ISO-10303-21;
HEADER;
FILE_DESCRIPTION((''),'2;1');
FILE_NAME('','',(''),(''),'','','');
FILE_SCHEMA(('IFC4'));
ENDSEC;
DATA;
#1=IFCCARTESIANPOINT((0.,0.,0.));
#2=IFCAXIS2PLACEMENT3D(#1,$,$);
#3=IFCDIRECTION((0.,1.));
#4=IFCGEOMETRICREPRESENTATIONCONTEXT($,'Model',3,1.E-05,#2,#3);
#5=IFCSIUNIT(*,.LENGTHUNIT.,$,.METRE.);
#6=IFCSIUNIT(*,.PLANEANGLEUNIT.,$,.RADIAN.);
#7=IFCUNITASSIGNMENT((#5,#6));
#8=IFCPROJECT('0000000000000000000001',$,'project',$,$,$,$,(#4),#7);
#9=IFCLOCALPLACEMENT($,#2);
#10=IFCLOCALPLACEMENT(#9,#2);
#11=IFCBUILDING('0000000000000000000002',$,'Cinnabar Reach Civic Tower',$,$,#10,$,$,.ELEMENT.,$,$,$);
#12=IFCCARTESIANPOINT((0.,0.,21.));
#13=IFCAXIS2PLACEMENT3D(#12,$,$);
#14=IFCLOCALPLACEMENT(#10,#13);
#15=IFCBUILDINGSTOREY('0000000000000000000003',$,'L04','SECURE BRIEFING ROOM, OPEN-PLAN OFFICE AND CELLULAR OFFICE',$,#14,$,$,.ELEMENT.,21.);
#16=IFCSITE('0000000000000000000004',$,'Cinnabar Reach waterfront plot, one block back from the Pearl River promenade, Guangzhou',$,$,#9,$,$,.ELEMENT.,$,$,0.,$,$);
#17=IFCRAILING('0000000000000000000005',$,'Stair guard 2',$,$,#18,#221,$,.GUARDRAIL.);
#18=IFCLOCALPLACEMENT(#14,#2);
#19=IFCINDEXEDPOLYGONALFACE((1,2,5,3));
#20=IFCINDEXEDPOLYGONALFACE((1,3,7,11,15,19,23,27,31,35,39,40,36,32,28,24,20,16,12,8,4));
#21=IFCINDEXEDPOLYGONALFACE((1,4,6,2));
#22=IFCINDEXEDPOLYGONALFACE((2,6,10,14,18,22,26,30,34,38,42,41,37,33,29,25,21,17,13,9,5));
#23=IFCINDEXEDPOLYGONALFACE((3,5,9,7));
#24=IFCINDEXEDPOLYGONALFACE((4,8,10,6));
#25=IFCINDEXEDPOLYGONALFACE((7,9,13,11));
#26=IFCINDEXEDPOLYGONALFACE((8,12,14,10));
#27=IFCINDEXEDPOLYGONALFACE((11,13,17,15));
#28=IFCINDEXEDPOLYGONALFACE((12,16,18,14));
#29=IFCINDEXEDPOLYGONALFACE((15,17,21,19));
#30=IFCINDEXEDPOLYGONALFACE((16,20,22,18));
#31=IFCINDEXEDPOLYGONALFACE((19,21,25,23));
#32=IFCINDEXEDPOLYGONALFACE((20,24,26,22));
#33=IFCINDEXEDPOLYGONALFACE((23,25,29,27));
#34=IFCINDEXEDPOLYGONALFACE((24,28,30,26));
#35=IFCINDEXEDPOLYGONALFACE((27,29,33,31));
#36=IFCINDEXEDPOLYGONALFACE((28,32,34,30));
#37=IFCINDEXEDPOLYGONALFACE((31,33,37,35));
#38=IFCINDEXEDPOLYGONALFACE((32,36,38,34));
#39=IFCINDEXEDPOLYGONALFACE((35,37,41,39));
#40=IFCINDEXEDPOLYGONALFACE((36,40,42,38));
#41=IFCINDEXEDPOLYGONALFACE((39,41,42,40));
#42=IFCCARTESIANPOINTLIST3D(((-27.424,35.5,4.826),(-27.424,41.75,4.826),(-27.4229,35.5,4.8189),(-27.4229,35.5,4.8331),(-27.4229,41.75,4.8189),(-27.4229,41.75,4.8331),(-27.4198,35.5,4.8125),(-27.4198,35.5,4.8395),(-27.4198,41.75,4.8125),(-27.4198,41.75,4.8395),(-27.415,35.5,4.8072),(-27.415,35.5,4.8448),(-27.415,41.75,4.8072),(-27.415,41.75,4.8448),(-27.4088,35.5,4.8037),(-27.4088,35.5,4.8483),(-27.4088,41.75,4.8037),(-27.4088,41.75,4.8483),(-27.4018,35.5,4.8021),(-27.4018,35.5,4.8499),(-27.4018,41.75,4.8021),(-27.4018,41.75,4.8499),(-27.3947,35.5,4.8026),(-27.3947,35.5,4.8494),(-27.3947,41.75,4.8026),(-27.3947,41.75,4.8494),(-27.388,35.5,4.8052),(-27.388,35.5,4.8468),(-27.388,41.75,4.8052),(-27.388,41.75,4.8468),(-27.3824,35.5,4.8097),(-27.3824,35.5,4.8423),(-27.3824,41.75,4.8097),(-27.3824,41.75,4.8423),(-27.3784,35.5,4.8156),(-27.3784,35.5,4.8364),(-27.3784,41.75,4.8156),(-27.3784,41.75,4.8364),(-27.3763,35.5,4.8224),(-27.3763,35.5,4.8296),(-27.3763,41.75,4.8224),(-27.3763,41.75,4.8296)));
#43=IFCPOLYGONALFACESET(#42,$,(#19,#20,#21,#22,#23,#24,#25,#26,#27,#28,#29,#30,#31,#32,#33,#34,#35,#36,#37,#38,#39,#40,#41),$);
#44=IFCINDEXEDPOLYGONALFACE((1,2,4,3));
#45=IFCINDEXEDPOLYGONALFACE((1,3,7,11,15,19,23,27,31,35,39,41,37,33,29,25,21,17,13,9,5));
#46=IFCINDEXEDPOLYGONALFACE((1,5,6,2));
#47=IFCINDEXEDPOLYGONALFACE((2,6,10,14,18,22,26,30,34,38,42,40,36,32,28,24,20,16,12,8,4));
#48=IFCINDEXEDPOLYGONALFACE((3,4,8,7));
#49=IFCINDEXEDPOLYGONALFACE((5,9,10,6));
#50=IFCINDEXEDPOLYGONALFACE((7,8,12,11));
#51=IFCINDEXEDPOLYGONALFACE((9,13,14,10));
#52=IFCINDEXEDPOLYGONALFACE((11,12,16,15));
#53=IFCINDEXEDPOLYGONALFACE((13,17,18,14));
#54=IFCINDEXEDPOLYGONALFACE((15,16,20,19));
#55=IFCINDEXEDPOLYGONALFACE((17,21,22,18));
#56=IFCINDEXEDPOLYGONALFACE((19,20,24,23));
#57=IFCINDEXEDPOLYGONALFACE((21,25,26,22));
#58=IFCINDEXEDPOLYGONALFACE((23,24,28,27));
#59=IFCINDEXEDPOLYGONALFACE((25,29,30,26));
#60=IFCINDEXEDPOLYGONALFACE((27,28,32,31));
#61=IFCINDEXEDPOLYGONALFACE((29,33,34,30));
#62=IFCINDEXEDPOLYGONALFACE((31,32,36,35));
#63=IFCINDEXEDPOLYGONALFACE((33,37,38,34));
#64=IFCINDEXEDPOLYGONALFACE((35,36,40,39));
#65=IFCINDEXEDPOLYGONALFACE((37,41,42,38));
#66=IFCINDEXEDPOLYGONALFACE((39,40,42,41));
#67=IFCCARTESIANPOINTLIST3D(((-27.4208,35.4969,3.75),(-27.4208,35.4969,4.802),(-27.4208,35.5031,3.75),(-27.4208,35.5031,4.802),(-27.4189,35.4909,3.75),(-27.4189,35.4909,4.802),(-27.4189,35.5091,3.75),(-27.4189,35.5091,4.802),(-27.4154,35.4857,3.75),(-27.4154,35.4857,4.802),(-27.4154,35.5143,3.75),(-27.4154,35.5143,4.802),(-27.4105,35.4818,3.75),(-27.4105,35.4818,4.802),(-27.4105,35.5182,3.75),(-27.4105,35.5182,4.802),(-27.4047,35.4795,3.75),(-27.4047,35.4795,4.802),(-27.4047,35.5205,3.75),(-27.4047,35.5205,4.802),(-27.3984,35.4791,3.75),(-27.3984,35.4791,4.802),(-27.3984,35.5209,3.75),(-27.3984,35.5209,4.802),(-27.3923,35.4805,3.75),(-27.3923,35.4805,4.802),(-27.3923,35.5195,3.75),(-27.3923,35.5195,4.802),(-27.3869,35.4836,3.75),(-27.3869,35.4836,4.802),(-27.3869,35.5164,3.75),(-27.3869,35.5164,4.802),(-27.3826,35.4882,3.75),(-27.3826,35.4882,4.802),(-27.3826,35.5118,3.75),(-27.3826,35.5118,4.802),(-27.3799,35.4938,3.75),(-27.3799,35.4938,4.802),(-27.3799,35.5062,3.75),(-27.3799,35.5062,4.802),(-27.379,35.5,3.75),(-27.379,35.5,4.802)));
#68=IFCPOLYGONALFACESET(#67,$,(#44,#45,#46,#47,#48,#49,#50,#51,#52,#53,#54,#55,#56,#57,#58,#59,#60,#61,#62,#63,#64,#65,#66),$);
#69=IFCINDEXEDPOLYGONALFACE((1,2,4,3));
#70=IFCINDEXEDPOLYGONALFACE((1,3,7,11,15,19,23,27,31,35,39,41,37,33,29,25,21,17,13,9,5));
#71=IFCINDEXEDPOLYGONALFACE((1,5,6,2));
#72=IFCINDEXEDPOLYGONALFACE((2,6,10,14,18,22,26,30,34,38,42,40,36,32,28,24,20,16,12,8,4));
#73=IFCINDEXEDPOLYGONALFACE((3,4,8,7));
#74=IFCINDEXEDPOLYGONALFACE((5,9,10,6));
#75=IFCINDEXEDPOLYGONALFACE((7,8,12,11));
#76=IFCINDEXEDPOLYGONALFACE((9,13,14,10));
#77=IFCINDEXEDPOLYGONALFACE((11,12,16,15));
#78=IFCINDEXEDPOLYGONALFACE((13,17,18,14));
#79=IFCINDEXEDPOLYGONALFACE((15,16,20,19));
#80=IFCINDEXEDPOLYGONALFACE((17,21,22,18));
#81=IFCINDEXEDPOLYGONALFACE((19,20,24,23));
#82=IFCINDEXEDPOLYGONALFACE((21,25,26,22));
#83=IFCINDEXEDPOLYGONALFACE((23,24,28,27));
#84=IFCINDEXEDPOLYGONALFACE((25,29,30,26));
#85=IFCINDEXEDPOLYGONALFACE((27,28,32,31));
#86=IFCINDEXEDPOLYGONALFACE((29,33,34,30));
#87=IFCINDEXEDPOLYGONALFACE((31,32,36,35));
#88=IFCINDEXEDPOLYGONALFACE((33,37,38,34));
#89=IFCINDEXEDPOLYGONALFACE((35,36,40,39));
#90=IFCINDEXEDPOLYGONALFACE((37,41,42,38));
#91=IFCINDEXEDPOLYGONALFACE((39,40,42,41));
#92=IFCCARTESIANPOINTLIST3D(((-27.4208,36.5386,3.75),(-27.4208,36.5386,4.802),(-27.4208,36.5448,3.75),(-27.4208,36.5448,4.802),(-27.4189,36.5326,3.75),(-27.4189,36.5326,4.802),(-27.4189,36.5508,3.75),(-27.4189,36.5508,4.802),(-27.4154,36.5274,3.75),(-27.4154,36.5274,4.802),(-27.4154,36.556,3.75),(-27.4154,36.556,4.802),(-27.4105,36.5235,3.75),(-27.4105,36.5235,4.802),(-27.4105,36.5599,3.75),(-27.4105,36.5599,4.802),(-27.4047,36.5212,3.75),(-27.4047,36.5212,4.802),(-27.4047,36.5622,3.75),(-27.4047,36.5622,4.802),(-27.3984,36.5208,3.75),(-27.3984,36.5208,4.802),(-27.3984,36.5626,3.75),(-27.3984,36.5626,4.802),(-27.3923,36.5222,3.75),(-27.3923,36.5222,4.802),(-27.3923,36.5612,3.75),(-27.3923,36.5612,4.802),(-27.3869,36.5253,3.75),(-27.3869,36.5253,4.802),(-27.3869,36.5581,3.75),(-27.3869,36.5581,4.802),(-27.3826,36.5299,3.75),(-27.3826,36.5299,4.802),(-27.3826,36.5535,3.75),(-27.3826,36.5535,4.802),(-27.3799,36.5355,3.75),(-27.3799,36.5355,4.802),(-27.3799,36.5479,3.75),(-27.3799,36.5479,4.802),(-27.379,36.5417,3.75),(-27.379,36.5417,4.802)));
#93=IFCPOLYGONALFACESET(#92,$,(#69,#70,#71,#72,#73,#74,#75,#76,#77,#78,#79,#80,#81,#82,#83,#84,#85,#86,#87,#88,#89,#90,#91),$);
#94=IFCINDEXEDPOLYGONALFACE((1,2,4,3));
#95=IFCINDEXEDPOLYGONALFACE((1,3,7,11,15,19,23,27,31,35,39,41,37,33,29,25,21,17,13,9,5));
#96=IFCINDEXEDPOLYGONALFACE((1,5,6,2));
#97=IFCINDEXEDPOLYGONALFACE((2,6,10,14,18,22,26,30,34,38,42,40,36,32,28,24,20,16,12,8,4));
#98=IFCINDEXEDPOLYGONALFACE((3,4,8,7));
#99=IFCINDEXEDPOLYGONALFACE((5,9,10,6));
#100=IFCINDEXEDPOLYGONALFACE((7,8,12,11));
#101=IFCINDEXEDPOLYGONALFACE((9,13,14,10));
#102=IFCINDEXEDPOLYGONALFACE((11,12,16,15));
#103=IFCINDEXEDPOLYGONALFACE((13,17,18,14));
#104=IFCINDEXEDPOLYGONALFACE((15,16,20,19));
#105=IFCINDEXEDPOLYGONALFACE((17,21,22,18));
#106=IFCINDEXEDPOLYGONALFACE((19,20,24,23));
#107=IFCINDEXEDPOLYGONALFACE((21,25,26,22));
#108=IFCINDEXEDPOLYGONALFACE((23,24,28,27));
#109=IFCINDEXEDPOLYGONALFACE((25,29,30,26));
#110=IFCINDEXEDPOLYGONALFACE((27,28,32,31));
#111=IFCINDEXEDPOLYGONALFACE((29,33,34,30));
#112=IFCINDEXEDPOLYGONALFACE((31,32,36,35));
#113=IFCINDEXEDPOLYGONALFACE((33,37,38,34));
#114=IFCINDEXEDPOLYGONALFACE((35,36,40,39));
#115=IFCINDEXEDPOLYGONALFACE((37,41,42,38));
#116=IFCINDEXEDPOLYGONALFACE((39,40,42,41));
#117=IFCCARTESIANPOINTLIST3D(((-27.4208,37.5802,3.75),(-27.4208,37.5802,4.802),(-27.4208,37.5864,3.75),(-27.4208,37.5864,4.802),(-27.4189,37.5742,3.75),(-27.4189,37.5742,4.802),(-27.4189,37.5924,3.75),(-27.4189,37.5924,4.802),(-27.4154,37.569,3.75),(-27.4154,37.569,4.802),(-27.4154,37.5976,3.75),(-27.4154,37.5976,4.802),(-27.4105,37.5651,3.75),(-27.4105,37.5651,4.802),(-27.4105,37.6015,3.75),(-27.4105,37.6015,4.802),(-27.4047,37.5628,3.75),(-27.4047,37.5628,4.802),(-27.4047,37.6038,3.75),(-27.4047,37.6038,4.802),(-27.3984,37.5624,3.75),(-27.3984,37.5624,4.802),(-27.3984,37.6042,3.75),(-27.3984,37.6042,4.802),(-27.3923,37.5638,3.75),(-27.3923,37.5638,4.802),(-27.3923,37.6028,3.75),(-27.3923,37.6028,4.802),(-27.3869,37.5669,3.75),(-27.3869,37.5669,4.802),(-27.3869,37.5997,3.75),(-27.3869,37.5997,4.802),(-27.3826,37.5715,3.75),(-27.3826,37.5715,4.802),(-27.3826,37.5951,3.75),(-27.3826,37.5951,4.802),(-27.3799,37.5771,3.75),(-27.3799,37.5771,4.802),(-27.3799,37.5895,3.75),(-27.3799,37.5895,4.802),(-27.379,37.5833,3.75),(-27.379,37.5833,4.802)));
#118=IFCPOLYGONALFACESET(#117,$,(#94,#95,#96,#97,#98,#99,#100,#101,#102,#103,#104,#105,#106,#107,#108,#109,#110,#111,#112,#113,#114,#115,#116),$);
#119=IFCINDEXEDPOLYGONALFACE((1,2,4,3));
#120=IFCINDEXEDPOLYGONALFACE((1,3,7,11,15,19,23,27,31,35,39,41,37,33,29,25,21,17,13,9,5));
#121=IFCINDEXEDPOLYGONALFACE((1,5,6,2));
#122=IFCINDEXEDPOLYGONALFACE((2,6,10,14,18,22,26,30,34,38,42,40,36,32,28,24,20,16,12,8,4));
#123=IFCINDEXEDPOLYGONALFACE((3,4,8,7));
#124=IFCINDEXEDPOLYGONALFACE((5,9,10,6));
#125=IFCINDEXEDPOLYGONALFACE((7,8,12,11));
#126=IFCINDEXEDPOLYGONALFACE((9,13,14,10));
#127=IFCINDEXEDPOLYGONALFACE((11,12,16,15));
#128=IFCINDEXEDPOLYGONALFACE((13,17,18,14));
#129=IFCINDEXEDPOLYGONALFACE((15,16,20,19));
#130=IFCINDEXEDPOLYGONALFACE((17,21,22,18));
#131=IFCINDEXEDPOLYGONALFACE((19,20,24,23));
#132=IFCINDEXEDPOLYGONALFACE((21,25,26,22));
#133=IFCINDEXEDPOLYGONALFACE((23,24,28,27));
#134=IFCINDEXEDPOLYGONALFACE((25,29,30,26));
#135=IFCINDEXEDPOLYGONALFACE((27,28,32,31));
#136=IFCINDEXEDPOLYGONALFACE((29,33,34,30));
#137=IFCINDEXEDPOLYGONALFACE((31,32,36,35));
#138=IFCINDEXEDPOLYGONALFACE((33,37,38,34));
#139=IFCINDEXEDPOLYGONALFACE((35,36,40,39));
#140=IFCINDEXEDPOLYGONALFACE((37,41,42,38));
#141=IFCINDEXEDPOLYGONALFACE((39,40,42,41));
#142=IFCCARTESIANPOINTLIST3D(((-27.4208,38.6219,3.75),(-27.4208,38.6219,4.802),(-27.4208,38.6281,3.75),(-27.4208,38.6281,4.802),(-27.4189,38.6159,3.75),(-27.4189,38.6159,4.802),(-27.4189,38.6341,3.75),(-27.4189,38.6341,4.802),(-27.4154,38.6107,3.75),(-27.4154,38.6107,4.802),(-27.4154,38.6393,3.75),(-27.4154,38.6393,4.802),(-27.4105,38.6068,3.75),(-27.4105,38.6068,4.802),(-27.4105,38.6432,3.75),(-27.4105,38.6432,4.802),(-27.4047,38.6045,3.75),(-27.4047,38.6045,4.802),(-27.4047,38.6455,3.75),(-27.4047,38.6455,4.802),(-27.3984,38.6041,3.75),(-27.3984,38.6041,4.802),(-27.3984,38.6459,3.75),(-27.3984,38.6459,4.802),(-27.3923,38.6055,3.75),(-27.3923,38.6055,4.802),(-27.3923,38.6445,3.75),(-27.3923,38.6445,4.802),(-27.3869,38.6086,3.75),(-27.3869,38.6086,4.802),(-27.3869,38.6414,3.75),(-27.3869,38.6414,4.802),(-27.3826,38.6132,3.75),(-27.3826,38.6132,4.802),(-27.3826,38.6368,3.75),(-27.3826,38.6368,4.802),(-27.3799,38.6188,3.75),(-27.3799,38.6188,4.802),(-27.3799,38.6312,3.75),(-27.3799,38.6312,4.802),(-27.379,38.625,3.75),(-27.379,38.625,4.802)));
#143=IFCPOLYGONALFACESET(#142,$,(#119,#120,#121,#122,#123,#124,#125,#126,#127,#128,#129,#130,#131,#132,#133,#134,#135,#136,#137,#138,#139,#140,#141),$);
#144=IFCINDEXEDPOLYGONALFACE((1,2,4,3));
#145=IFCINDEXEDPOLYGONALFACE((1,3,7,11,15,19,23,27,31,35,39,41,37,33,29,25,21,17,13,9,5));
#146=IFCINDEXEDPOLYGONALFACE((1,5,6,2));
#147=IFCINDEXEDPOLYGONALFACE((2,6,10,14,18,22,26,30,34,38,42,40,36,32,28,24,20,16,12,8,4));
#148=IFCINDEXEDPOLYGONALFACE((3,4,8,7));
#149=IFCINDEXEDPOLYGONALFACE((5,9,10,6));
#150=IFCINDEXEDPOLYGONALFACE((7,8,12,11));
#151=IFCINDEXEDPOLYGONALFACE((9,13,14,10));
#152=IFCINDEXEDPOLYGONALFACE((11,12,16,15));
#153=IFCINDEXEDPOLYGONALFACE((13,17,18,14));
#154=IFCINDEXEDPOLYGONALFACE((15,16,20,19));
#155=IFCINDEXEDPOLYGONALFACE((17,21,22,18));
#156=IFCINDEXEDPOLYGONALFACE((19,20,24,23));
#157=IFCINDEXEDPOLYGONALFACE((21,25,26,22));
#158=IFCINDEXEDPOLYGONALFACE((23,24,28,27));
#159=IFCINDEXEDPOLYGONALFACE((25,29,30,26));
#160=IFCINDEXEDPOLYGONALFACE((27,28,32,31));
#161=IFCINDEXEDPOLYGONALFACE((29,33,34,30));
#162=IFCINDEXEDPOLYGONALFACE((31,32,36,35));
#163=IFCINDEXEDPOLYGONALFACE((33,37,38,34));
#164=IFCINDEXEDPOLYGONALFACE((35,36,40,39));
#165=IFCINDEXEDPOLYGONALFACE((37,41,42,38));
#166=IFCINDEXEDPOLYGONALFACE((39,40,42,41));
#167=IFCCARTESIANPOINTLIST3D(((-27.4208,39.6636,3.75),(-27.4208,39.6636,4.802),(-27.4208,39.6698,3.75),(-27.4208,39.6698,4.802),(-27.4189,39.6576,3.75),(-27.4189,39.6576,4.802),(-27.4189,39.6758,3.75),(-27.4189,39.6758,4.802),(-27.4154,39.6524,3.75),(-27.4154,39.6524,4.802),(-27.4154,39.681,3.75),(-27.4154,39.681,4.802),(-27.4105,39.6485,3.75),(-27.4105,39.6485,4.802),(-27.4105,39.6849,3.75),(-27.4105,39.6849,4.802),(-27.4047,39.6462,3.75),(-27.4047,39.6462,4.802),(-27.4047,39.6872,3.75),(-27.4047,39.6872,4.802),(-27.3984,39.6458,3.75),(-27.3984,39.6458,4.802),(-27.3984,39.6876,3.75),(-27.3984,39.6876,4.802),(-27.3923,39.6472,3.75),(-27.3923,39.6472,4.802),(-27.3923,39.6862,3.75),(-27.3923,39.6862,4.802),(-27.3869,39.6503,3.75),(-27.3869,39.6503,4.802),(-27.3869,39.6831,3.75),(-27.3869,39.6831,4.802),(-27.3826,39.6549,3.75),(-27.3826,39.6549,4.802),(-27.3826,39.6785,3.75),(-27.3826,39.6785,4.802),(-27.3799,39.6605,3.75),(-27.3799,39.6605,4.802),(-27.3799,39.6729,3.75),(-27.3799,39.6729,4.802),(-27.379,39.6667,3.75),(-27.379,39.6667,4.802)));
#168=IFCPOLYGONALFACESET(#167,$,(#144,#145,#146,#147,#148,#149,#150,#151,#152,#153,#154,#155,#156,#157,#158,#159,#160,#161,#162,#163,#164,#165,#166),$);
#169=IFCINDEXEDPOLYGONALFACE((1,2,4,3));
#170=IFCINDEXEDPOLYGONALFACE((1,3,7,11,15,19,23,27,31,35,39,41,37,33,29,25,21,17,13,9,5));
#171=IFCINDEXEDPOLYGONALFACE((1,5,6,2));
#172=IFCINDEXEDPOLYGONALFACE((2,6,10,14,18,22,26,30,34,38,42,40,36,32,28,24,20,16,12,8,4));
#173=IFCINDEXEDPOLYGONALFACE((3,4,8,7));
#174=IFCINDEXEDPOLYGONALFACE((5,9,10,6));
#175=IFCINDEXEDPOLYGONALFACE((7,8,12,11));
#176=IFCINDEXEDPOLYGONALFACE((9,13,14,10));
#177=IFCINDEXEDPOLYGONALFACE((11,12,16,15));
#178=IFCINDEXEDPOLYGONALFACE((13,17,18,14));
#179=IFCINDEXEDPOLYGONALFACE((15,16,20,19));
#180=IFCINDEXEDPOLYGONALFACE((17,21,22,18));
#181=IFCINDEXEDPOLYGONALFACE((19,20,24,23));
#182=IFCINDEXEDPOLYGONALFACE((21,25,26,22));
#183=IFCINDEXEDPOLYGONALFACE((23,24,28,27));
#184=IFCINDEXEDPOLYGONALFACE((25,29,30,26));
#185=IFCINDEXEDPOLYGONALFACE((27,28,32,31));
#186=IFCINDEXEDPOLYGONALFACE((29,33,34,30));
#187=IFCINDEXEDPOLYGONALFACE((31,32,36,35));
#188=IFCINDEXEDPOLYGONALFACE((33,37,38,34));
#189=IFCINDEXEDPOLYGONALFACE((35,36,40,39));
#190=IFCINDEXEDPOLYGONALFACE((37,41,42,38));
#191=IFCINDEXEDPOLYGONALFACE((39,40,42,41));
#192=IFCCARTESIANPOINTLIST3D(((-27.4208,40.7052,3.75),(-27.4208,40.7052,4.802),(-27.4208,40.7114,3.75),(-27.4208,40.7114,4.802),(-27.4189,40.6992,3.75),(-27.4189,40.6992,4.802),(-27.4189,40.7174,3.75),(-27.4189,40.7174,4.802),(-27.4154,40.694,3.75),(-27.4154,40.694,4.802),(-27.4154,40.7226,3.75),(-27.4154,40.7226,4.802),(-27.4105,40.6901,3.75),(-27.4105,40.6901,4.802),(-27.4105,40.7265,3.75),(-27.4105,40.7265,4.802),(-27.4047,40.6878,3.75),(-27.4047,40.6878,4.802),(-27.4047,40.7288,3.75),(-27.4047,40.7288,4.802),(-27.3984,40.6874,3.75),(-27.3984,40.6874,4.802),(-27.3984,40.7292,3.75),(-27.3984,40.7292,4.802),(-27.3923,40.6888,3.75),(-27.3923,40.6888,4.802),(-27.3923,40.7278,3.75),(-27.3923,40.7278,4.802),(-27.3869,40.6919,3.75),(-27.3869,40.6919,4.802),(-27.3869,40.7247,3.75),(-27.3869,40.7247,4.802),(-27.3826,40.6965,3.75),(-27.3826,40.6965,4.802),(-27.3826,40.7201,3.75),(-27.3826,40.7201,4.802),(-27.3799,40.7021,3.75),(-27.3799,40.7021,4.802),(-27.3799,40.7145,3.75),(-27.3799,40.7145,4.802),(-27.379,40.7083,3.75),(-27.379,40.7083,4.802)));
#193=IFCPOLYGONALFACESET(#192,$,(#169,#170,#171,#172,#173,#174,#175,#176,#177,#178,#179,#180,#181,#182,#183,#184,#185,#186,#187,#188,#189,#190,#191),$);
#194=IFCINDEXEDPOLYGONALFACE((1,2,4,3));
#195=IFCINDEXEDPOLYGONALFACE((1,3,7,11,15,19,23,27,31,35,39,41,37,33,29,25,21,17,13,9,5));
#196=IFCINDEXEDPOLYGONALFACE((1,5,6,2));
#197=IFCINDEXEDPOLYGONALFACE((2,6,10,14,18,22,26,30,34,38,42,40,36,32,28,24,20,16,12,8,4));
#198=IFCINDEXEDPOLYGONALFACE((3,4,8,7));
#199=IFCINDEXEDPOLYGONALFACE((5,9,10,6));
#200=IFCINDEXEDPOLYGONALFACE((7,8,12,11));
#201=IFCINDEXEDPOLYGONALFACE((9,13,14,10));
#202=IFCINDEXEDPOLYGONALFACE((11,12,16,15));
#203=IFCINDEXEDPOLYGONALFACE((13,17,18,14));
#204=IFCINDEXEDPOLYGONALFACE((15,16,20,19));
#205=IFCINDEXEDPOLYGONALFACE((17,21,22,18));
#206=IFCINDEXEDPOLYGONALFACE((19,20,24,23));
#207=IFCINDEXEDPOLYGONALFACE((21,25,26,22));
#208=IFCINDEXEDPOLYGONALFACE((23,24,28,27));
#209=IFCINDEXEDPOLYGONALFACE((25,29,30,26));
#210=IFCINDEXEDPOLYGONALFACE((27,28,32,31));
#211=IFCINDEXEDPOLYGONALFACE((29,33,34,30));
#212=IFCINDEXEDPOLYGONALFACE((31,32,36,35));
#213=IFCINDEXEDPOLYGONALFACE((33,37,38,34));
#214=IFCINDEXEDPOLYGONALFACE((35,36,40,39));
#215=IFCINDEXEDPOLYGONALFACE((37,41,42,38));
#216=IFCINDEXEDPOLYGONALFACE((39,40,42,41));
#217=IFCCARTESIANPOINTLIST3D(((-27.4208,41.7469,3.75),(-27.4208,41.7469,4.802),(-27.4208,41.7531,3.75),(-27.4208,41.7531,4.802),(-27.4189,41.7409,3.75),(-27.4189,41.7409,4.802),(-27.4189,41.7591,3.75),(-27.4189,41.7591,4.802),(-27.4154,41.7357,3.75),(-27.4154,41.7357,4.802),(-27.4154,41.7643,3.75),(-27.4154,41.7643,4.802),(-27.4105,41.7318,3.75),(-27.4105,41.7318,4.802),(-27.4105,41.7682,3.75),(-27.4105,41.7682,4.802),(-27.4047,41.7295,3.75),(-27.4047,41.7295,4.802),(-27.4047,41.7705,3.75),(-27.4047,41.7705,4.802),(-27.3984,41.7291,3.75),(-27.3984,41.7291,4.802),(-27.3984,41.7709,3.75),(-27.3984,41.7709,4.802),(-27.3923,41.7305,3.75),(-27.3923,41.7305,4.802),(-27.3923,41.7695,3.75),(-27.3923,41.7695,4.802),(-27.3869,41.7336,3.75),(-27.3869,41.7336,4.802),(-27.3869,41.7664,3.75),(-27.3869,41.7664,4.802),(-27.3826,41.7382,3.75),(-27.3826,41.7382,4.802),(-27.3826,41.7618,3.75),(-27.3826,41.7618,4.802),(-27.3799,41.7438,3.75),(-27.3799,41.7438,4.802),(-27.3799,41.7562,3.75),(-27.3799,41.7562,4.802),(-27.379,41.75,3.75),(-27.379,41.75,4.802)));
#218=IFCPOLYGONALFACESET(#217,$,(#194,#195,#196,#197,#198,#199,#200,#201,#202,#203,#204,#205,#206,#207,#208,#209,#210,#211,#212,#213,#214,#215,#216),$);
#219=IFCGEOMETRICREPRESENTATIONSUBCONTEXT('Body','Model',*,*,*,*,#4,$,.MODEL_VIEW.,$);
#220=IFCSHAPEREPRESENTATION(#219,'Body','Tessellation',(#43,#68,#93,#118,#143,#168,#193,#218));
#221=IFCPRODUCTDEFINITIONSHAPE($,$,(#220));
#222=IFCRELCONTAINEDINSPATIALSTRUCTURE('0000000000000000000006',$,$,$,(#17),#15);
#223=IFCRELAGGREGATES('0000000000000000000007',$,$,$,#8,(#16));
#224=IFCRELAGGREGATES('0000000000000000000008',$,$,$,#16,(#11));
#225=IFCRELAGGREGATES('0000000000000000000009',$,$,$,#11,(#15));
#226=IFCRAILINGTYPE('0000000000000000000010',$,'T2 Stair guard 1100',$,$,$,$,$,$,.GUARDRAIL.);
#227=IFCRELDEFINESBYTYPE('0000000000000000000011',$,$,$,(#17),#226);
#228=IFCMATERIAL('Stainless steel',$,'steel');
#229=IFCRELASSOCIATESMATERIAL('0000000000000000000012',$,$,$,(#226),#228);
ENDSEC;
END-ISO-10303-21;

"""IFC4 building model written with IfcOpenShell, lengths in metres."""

from ifc_helpers import new_model, si_unit, direction, frame, origin, origin_2d, place, context, subcontext, project, spatial, circle, extrude, material, type_object, element, save


model = new_model("IFC4")

# Units and contexts
model_context = context("Model", 3, precision=1e-05, world=origin(), true_north=direction((0.0, 1.0)))
body_context = subcontext(model_context, "Body", "Model", "MODEL_VIEW")
ifc_project = project(units=[si_unit("LENGTHUNIT", "METRE"), si_unit("PLANEANGLEUNIT", "RADIAN")], contexts=[model_context])

# Site, building, storey
site_placement = place(None, origin())
site = spatial("IfcSite", under=ifc_project, at=site_placement, Name="Cinnabar Reach waterfront plot, one block back from the Pearl River promenade, Guangzhou", CompositionType="ELEMENT", RefElevation=0.0)
building_placement = place(site_placement, origin())
building = spatial("IfcBuilding", under=site, at=building_placement, Name="Cinnabar Reach Civic Tower", CompositionType="ELEMENT")
storey_placement = place(building_placement, frame((0.0, 0.0, 21.0)))
storey = spatial("IfcBuildingStorey", under=building, at=storey_placement, Name="L04", Description="SECURE BRIEFING ROOM, OPEN-PLAN OFFICE AND CELLULAR OFFICE", CompositionType="ELEMENT", Elevation=21.0)

# Railing
ifc_material_1 = material(Name="Stainless steel", Category="steel")
railing_type = type_object("IfcRailingType", Name="T2 Stair guard 1100", PredefinedType="GUARDRAIL", material=ifc_material_1)
for number, where, name in (
    (1, (-27.4, 35.5, 3.75), "Stair guard 2"),
):
    element("IfcRailing", number, at=place(storey_placement, frame(where)), inside=storey, type_object=railing_type, Name=name, PredefinedType="GUARDRAIL", context=body_context, shape_type="SweptSolid", body=[
        extrude(circle(Radius=0.024, at=origin_2d()), frame((0.0, 0.0, 1.076), z_axis=(0.0, 1.0, 0.0), x_axis=(-1.0, 0.0, 0.0)), (0.0, 0.0, 1.0), 6.25),
        extrude(circle(Radius=0.021, at=origin_2d()), origin(), (0.0, 0.0, 1.0), 1.052),
        extrude(circle(Radius=0.021, at=origin_2d()), frame((0.0, 1.0417, 0.0)), (0.0, 0.0, 1.0), 1.052),
        extrude(circle(Radius=0.021, at=origin_2d()), frame((0.0, 2.0833, 0.0)), (0.0, 0.0, 1.0), 1.052),
        extrude(circle(Radius=0.021, at=origin_2d()), frame((0.0, 3.125, 0.0)), (0.0, 0.0, 1.0), 1.052),
        extrude(circle(Radius=0.021, at=origin_2d()), frame((0.0, 4.1667, 0.0)), (0.0, 0.0, 1.0), 1.052),
        extrude(circle(Radius=0.021, at=origin_2d()), frame((0.0, 5.2083, 0.0)), (0.0, 0.0, 1.0), 1.052),
        extrude(circle(Radius=0.021, at=origin_2d()), frame((0.0, 6.25, 0.0)), (0.0, 0.0, 1.0), 1.052),
    ])

save(model, "model.ifc")
